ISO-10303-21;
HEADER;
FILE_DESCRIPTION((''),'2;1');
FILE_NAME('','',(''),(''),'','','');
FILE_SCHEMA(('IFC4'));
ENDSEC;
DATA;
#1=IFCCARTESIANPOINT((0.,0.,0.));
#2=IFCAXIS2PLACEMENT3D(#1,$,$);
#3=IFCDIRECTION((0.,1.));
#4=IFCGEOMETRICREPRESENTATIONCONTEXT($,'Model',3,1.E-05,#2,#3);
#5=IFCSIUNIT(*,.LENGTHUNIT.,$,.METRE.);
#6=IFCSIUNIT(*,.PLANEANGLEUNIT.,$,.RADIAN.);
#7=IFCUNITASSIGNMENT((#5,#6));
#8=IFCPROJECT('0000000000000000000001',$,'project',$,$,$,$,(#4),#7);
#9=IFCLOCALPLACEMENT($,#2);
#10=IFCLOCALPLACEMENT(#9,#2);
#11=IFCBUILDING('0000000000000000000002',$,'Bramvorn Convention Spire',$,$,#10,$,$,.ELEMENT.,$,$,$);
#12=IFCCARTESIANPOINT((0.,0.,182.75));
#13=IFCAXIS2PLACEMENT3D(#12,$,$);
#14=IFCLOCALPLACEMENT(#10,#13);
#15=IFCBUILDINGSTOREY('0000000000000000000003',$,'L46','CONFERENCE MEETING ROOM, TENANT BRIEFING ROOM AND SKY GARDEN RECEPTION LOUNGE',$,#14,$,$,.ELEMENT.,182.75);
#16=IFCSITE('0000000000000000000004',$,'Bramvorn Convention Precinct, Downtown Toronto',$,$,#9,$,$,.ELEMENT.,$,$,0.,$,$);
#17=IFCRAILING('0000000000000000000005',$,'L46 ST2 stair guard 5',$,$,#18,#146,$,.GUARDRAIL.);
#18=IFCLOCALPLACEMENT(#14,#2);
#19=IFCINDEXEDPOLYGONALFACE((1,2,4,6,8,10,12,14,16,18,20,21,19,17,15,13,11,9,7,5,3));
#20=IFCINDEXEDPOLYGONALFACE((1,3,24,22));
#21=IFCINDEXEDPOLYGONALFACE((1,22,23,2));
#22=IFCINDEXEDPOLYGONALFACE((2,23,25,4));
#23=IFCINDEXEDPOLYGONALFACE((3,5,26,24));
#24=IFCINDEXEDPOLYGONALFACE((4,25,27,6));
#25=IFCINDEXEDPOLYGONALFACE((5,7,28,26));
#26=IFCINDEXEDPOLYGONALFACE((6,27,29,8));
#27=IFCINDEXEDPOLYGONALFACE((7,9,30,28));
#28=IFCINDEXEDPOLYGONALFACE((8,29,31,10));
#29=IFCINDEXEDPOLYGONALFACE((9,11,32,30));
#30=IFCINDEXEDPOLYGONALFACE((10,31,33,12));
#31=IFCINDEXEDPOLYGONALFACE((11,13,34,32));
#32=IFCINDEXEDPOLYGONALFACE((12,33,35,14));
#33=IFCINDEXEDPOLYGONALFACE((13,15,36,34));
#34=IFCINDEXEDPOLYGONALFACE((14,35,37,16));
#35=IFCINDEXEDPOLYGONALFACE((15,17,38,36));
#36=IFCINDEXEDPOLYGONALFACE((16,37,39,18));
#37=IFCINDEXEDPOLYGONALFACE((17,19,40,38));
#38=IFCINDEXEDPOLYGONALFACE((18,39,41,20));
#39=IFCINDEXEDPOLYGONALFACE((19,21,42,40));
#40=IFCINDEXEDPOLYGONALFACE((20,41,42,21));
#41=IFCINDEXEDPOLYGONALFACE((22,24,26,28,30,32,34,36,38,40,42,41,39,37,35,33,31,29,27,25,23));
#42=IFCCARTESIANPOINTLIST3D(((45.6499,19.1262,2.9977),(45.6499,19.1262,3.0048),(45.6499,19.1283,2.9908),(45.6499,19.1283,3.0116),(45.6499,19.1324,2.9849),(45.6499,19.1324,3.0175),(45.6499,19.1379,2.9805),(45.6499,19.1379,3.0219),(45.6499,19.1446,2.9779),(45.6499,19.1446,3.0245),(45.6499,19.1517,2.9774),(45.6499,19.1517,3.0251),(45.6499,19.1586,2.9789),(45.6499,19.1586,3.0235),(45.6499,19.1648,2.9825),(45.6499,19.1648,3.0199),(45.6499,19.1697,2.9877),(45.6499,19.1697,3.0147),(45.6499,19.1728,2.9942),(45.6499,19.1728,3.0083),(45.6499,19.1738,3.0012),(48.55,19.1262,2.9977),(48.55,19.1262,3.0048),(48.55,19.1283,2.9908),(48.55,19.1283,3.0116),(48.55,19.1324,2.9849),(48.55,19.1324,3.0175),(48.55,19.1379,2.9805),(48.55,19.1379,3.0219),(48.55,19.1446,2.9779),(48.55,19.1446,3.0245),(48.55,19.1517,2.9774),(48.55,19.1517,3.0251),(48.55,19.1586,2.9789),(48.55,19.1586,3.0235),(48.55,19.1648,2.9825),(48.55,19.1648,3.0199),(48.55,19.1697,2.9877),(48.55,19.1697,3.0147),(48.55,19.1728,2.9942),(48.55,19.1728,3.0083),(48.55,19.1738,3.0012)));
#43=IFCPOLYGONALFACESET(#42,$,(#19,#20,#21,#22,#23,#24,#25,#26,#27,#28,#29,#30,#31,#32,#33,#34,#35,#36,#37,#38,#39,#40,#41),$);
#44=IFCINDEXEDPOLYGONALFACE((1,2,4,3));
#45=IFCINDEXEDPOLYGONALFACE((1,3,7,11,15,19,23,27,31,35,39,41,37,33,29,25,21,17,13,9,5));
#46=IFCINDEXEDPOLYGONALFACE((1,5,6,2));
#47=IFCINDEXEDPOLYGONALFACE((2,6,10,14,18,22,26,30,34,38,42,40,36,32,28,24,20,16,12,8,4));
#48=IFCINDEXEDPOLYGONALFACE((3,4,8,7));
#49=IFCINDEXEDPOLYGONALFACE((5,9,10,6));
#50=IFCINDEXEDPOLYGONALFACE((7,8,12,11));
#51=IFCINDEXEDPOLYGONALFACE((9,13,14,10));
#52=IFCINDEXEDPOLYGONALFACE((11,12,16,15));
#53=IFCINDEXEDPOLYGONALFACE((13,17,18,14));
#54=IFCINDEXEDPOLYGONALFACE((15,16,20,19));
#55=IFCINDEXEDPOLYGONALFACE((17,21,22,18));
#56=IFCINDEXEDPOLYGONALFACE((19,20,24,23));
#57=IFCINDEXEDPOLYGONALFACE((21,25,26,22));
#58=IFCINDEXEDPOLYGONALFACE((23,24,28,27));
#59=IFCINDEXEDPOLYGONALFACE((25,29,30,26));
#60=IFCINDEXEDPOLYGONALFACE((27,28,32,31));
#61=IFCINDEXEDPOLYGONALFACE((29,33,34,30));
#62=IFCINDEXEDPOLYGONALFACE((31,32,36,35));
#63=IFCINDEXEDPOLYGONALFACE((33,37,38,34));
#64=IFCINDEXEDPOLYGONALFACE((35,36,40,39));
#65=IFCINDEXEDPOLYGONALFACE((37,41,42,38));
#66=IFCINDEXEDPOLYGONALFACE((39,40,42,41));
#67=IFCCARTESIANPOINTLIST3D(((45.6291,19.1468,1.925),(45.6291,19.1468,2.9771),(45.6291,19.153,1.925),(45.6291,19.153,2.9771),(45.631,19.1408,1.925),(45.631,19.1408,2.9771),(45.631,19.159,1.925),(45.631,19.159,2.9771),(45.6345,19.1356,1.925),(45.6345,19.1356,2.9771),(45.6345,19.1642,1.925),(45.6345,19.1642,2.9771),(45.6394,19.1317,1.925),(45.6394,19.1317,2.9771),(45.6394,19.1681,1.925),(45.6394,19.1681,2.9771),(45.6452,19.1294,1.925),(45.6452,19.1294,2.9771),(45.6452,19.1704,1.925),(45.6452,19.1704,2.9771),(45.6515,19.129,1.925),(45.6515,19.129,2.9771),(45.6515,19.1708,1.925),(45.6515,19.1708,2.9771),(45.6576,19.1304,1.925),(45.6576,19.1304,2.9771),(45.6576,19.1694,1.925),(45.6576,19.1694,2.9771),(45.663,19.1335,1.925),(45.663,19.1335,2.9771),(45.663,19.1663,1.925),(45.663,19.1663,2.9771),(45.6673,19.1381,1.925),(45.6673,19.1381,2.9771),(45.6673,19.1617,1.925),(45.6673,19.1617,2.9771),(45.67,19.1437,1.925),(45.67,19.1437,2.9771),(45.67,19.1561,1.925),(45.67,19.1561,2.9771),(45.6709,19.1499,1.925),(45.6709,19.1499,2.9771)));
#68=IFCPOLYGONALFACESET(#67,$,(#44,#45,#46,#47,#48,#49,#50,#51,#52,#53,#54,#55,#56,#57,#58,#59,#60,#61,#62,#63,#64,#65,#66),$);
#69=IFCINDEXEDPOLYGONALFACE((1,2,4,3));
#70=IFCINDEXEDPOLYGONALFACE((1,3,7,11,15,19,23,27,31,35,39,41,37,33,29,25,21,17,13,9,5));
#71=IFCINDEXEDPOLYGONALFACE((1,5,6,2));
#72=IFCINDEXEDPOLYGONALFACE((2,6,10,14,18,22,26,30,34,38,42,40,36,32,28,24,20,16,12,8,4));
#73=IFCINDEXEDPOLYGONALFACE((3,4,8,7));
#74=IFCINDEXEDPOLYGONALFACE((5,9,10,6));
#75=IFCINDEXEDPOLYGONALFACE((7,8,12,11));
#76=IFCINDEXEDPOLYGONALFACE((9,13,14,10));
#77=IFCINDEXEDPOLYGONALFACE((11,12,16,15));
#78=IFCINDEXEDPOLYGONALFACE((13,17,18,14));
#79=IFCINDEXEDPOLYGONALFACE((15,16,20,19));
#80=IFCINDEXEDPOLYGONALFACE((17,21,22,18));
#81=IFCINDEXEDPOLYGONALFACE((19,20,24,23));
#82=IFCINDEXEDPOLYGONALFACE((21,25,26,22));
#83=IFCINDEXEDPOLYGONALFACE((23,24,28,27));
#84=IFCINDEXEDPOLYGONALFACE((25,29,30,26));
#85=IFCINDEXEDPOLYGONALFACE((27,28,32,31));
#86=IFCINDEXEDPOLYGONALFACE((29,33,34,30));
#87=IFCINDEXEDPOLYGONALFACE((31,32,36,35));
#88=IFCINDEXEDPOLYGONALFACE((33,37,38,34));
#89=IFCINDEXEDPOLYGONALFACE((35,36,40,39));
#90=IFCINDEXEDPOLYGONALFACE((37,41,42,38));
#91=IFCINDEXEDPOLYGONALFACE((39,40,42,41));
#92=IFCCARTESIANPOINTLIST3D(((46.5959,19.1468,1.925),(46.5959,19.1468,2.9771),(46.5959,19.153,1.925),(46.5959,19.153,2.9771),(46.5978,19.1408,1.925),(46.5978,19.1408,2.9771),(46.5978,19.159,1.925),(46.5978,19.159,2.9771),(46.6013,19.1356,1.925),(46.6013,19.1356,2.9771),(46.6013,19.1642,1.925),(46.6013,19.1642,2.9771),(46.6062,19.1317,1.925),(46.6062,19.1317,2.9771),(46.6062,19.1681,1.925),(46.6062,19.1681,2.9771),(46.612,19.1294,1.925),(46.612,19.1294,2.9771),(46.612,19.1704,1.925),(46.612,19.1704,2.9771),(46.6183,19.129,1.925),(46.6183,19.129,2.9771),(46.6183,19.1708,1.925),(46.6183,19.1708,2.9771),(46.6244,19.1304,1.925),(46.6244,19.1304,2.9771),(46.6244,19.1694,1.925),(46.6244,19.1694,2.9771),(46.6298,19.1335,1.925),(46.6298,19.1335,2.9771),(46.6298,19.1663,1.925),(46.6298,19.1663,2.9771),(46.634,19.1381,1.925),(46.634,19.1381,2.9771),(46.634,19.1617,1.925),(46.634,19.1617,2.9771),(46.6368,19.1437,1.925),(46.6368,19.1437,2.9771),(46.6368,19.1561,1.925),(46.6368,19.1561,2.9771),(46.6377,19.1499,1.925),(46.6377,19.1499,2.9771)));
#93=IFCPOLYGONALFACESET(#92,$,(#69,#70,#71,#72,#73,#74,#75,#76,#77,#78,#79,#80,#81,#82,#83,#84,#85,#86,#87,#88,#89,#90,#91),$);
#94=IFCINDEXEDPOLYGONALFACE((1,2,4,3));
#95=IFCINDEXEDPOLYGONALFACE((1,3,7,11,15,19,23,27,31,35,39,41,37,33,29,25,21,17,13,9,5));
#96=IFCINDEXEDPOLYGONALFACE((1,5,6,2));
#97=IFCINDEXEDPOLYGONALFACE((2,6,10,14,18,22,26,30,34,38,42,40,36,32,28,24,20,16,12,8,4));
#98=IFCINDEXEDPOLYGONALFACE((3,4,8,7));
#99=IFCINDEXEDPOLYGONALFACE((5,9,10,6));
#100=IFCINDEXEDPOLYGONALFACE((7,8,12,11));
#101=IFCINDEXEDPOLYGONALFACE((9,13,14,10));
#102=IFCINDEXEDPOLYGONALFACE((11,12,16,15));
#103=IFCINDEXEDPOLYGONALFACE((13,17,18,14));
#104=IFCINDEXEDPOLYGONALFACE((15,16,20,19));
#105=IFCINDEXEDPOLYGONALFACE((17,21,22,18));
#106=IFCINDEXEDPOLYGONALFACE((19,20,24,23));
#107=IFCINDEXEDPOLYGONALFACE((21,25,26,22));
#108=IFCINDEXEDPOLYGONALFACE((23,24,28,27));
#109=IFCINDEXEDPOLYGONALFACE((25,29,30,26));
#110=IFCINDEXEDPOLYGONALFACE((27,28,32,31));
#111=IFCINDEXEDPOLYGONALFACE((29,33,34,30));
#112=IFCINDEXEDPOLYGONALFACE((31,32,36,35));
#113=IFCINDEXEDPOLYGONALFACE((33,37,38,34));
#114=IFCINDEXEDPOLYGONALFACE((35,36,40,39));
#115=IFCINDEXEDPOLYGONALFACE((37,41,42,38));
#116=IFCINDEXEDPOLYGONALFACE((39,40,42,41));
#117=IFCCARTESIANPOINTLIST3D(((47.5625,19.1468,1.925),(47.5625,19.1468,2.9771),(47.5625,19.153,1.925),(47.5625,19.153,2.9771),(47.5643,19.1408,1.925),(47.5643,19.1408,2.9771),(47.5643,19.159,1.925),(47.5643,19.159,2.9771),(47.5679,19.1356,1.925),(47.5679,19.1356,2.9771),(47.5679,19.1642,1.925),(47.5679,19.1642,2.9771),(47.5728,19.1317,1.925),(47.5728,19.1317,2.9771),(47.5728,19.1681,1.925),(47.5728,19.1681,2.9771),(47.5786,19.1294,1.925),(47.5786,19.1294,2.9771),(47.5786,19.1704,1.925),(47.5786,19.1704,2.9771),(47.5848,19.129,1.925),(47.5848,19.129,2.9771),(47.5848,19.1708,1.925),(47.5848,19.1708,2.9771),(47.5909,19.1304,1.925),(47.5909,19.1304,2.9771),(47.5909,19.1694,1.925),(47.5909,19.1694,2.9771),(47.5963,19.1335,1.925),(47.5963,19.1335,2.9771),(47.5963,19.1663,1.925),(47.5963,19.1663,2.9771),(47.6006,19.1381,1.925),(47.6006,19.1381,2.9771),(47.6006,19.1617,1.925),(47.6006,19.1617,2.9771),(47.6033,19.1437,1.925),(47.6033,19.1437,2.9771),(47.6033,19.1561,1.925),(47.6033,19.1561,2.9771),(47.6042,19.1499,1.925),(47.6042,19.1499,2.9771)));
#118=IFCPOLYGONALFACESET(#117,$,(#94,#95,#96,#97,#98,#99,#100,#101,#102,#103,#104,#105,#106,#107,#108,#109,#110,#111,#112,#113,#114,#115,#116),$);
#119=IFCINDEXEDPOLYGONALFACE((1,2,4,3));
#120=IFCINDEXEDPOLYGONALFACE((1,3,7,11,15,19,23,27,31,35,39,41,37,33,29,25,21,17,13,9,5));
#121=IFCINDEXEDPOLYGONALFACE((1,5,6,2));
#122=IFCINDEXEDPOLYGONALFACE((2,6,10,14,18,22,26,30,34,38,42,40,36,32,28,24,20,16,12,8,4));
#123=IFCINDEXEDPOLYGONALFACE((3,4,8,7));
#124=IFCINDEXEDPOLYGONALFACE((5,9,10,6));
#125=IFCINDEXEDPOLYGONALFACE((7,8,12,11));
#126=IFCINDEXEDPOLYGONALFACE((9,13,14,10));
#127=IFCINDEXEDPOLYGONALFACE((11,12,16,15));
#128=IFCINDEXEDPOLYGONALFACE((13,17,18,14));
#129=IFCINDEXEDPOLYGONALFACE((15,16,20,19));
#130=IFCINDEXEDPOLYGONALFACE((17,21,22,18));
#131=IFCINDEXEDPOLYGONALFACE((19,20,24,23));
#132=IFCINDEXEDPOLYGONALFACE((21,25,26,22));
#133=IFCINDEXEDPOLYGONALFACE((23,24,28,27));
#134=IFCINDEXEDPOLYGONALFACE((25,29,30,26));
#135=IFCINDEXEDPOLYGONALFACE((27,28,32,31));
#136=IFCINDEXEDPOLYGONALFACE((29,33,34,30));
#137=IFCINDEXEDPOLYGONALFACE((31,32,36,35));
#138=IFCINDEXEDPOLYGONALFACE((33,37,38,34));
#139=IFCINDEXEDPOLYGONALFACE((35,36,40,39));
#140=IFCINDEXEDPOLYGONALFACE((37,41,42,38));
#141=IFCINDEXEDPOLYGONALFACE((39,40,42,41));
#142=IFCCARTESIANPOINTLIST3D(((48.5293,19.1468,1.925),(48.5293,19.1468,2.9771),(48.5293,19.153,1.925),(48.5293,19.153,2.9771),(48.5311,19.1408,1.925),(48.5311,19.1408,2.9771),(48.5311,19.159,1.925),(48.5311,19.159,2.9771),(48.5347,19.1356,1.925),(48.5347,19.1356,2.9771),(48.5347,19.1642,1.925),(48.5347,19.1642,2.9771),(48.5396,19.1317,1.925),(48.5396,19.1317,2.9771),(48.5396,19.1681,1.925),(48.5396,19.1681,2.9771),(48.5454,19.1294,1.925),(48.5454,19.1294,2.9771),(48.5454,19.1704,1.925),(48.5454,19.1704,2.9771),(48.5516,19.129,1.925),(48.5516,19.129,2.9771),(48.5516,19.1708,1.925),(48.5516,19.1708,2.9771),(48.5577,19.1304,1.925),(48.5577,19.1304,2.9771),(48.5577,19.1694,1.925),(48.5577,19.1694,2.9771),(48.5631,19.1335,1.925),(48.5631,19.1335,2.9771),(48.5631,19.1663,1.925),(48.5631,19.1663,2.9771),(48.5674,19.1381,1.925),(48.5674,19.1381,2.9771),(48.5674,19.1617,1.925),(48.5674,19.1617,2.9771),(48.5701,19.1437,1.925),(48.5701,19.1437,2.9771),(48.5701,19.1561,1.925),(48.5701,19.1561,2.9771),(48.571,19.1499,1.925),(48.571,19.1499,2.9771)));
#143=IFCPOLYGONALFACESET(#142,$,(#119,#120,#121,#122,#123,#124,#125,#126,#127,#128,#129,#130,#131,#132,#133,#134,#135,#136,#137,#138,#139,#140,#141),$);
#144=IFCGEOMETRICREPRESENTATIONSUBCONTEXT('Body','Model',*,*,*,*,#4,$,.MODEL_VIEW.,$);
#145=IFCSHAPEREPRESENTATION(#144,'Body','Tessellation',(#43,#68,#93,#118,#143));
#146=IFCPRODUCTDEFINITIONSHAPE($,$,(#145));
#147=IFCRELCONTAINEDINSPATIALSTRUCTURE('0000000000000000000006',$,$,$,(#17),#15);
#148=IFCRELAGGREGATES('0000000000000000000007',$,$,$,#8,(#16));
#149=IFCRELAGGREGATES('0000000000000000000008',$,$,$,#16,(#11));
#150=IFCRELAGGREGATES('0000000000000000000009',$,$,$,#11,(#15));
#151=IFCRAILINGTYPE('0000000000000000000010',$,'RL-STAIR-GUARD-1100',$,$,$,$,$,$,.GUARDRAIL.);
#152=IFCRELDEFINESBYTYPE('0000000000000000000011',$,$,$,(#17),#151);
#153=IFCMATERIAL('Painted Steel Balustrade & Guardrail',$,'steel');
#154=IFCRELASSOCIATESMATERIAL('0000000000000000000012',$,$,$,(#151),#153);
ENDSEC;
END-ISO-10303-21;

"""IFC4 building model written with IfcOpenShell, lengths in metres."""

from ifc_helpers import new_model, si_unit, direction, frame, origin, origin_2d, place, context, subcontext, project, spatial, circle, extrude, material, type_object, element, save


model = new_model("IFC4")

# Units and contexts
model_context = context("Model", 3, precision=1e-05, world=origin(), true_north=direction((0.0, 1.0)))
body_context = subcontext(model_context, "Body", "Model", "MODEL_VIEW")
ifc_project = project(units=[si_unit("LENGTHUNIT", "METRE"), si_unit("PLANEANGLEUNIT", "RADIAN")], contexts=[model_context])

# Site, building, storey
site_placement = place(None, origin())
site = spatial("IfcSite", under=ifc_project, at=site_placement, Name="Bramvorn Convention Precinct, Downtown Toronto", CompositionType="ELEMENT", RefElevation=0.0)
building_placement = place(site_placement, origin())
building = spatial("IfcBuilding", under=site, at=building_placement, Name="Bramvorn Convention Spire", CompositionType="ELEMENT")
storey_placement = place(building_placement, frame((0.0, 0.0, 182.75)))
storey = spatial("IfcBuildingStorey", under=building, at=storey_placement, Name="L46", Description="CONFERENCE MEETING ROOM, TENANT BRIEFING ROOM AND SKY GARDEN RECEPTION LOUNGE", CompositionType="ELEMENT", Elevation=182.75)

# Railing
ifc_material_1 = material(Name="Painted Steel Balustrade & Guardrail", Category="steel")
railing_type = type_object("IfcRailingType", Name="RL-STAIR-GUARD-1100", PredefinedType="GUARDRAIL", material=ifc_material_1)
railing_1_placement = place(storey_placement, frame((45.6499, 19.1499, 1.925)))
element("IfcRailing", 1, at=railing_1_placement, inside=storey, type_object=railing_type, Name="L46 ST2 stair guard 5", PredefinedType="GUARDRAIL", context=body_context, shape_type="SweptSolid", body=[
    extrude(circle(Radius=0.0239, at=origin_2d()), frame((0.0, 0.0, 1.0762), z_axis=(1.0, 0.0, 0.0), x_axis=(0.0, 1.0, 0.0)), (0.0, 0.0, 1.0), 2.9001),
    extrude(circle(Radius=0.021, at=origin_2d()), origin(), (0.0, 0.0, 1.0), 1.052),
    extrude(circle(Radius=0.021, at=origin_2d()), frame((0.9668, 0.0, 0.0)), (0.0, 0.0, 1.0), 1.052),
    extrude(circle(Radius=0.021, at=origin_2d()), frame((1.9333, 0.0, 0.0)), (0.0, 0.0, 1.0), 1.052),
    extrude(circle(Radius=0.021, at=origin_2d()), frame((2.9001, 0.0, 0.0)), (0.0, 0.0, 1.0), 1.052),
])

save(model, "model.ifc")
